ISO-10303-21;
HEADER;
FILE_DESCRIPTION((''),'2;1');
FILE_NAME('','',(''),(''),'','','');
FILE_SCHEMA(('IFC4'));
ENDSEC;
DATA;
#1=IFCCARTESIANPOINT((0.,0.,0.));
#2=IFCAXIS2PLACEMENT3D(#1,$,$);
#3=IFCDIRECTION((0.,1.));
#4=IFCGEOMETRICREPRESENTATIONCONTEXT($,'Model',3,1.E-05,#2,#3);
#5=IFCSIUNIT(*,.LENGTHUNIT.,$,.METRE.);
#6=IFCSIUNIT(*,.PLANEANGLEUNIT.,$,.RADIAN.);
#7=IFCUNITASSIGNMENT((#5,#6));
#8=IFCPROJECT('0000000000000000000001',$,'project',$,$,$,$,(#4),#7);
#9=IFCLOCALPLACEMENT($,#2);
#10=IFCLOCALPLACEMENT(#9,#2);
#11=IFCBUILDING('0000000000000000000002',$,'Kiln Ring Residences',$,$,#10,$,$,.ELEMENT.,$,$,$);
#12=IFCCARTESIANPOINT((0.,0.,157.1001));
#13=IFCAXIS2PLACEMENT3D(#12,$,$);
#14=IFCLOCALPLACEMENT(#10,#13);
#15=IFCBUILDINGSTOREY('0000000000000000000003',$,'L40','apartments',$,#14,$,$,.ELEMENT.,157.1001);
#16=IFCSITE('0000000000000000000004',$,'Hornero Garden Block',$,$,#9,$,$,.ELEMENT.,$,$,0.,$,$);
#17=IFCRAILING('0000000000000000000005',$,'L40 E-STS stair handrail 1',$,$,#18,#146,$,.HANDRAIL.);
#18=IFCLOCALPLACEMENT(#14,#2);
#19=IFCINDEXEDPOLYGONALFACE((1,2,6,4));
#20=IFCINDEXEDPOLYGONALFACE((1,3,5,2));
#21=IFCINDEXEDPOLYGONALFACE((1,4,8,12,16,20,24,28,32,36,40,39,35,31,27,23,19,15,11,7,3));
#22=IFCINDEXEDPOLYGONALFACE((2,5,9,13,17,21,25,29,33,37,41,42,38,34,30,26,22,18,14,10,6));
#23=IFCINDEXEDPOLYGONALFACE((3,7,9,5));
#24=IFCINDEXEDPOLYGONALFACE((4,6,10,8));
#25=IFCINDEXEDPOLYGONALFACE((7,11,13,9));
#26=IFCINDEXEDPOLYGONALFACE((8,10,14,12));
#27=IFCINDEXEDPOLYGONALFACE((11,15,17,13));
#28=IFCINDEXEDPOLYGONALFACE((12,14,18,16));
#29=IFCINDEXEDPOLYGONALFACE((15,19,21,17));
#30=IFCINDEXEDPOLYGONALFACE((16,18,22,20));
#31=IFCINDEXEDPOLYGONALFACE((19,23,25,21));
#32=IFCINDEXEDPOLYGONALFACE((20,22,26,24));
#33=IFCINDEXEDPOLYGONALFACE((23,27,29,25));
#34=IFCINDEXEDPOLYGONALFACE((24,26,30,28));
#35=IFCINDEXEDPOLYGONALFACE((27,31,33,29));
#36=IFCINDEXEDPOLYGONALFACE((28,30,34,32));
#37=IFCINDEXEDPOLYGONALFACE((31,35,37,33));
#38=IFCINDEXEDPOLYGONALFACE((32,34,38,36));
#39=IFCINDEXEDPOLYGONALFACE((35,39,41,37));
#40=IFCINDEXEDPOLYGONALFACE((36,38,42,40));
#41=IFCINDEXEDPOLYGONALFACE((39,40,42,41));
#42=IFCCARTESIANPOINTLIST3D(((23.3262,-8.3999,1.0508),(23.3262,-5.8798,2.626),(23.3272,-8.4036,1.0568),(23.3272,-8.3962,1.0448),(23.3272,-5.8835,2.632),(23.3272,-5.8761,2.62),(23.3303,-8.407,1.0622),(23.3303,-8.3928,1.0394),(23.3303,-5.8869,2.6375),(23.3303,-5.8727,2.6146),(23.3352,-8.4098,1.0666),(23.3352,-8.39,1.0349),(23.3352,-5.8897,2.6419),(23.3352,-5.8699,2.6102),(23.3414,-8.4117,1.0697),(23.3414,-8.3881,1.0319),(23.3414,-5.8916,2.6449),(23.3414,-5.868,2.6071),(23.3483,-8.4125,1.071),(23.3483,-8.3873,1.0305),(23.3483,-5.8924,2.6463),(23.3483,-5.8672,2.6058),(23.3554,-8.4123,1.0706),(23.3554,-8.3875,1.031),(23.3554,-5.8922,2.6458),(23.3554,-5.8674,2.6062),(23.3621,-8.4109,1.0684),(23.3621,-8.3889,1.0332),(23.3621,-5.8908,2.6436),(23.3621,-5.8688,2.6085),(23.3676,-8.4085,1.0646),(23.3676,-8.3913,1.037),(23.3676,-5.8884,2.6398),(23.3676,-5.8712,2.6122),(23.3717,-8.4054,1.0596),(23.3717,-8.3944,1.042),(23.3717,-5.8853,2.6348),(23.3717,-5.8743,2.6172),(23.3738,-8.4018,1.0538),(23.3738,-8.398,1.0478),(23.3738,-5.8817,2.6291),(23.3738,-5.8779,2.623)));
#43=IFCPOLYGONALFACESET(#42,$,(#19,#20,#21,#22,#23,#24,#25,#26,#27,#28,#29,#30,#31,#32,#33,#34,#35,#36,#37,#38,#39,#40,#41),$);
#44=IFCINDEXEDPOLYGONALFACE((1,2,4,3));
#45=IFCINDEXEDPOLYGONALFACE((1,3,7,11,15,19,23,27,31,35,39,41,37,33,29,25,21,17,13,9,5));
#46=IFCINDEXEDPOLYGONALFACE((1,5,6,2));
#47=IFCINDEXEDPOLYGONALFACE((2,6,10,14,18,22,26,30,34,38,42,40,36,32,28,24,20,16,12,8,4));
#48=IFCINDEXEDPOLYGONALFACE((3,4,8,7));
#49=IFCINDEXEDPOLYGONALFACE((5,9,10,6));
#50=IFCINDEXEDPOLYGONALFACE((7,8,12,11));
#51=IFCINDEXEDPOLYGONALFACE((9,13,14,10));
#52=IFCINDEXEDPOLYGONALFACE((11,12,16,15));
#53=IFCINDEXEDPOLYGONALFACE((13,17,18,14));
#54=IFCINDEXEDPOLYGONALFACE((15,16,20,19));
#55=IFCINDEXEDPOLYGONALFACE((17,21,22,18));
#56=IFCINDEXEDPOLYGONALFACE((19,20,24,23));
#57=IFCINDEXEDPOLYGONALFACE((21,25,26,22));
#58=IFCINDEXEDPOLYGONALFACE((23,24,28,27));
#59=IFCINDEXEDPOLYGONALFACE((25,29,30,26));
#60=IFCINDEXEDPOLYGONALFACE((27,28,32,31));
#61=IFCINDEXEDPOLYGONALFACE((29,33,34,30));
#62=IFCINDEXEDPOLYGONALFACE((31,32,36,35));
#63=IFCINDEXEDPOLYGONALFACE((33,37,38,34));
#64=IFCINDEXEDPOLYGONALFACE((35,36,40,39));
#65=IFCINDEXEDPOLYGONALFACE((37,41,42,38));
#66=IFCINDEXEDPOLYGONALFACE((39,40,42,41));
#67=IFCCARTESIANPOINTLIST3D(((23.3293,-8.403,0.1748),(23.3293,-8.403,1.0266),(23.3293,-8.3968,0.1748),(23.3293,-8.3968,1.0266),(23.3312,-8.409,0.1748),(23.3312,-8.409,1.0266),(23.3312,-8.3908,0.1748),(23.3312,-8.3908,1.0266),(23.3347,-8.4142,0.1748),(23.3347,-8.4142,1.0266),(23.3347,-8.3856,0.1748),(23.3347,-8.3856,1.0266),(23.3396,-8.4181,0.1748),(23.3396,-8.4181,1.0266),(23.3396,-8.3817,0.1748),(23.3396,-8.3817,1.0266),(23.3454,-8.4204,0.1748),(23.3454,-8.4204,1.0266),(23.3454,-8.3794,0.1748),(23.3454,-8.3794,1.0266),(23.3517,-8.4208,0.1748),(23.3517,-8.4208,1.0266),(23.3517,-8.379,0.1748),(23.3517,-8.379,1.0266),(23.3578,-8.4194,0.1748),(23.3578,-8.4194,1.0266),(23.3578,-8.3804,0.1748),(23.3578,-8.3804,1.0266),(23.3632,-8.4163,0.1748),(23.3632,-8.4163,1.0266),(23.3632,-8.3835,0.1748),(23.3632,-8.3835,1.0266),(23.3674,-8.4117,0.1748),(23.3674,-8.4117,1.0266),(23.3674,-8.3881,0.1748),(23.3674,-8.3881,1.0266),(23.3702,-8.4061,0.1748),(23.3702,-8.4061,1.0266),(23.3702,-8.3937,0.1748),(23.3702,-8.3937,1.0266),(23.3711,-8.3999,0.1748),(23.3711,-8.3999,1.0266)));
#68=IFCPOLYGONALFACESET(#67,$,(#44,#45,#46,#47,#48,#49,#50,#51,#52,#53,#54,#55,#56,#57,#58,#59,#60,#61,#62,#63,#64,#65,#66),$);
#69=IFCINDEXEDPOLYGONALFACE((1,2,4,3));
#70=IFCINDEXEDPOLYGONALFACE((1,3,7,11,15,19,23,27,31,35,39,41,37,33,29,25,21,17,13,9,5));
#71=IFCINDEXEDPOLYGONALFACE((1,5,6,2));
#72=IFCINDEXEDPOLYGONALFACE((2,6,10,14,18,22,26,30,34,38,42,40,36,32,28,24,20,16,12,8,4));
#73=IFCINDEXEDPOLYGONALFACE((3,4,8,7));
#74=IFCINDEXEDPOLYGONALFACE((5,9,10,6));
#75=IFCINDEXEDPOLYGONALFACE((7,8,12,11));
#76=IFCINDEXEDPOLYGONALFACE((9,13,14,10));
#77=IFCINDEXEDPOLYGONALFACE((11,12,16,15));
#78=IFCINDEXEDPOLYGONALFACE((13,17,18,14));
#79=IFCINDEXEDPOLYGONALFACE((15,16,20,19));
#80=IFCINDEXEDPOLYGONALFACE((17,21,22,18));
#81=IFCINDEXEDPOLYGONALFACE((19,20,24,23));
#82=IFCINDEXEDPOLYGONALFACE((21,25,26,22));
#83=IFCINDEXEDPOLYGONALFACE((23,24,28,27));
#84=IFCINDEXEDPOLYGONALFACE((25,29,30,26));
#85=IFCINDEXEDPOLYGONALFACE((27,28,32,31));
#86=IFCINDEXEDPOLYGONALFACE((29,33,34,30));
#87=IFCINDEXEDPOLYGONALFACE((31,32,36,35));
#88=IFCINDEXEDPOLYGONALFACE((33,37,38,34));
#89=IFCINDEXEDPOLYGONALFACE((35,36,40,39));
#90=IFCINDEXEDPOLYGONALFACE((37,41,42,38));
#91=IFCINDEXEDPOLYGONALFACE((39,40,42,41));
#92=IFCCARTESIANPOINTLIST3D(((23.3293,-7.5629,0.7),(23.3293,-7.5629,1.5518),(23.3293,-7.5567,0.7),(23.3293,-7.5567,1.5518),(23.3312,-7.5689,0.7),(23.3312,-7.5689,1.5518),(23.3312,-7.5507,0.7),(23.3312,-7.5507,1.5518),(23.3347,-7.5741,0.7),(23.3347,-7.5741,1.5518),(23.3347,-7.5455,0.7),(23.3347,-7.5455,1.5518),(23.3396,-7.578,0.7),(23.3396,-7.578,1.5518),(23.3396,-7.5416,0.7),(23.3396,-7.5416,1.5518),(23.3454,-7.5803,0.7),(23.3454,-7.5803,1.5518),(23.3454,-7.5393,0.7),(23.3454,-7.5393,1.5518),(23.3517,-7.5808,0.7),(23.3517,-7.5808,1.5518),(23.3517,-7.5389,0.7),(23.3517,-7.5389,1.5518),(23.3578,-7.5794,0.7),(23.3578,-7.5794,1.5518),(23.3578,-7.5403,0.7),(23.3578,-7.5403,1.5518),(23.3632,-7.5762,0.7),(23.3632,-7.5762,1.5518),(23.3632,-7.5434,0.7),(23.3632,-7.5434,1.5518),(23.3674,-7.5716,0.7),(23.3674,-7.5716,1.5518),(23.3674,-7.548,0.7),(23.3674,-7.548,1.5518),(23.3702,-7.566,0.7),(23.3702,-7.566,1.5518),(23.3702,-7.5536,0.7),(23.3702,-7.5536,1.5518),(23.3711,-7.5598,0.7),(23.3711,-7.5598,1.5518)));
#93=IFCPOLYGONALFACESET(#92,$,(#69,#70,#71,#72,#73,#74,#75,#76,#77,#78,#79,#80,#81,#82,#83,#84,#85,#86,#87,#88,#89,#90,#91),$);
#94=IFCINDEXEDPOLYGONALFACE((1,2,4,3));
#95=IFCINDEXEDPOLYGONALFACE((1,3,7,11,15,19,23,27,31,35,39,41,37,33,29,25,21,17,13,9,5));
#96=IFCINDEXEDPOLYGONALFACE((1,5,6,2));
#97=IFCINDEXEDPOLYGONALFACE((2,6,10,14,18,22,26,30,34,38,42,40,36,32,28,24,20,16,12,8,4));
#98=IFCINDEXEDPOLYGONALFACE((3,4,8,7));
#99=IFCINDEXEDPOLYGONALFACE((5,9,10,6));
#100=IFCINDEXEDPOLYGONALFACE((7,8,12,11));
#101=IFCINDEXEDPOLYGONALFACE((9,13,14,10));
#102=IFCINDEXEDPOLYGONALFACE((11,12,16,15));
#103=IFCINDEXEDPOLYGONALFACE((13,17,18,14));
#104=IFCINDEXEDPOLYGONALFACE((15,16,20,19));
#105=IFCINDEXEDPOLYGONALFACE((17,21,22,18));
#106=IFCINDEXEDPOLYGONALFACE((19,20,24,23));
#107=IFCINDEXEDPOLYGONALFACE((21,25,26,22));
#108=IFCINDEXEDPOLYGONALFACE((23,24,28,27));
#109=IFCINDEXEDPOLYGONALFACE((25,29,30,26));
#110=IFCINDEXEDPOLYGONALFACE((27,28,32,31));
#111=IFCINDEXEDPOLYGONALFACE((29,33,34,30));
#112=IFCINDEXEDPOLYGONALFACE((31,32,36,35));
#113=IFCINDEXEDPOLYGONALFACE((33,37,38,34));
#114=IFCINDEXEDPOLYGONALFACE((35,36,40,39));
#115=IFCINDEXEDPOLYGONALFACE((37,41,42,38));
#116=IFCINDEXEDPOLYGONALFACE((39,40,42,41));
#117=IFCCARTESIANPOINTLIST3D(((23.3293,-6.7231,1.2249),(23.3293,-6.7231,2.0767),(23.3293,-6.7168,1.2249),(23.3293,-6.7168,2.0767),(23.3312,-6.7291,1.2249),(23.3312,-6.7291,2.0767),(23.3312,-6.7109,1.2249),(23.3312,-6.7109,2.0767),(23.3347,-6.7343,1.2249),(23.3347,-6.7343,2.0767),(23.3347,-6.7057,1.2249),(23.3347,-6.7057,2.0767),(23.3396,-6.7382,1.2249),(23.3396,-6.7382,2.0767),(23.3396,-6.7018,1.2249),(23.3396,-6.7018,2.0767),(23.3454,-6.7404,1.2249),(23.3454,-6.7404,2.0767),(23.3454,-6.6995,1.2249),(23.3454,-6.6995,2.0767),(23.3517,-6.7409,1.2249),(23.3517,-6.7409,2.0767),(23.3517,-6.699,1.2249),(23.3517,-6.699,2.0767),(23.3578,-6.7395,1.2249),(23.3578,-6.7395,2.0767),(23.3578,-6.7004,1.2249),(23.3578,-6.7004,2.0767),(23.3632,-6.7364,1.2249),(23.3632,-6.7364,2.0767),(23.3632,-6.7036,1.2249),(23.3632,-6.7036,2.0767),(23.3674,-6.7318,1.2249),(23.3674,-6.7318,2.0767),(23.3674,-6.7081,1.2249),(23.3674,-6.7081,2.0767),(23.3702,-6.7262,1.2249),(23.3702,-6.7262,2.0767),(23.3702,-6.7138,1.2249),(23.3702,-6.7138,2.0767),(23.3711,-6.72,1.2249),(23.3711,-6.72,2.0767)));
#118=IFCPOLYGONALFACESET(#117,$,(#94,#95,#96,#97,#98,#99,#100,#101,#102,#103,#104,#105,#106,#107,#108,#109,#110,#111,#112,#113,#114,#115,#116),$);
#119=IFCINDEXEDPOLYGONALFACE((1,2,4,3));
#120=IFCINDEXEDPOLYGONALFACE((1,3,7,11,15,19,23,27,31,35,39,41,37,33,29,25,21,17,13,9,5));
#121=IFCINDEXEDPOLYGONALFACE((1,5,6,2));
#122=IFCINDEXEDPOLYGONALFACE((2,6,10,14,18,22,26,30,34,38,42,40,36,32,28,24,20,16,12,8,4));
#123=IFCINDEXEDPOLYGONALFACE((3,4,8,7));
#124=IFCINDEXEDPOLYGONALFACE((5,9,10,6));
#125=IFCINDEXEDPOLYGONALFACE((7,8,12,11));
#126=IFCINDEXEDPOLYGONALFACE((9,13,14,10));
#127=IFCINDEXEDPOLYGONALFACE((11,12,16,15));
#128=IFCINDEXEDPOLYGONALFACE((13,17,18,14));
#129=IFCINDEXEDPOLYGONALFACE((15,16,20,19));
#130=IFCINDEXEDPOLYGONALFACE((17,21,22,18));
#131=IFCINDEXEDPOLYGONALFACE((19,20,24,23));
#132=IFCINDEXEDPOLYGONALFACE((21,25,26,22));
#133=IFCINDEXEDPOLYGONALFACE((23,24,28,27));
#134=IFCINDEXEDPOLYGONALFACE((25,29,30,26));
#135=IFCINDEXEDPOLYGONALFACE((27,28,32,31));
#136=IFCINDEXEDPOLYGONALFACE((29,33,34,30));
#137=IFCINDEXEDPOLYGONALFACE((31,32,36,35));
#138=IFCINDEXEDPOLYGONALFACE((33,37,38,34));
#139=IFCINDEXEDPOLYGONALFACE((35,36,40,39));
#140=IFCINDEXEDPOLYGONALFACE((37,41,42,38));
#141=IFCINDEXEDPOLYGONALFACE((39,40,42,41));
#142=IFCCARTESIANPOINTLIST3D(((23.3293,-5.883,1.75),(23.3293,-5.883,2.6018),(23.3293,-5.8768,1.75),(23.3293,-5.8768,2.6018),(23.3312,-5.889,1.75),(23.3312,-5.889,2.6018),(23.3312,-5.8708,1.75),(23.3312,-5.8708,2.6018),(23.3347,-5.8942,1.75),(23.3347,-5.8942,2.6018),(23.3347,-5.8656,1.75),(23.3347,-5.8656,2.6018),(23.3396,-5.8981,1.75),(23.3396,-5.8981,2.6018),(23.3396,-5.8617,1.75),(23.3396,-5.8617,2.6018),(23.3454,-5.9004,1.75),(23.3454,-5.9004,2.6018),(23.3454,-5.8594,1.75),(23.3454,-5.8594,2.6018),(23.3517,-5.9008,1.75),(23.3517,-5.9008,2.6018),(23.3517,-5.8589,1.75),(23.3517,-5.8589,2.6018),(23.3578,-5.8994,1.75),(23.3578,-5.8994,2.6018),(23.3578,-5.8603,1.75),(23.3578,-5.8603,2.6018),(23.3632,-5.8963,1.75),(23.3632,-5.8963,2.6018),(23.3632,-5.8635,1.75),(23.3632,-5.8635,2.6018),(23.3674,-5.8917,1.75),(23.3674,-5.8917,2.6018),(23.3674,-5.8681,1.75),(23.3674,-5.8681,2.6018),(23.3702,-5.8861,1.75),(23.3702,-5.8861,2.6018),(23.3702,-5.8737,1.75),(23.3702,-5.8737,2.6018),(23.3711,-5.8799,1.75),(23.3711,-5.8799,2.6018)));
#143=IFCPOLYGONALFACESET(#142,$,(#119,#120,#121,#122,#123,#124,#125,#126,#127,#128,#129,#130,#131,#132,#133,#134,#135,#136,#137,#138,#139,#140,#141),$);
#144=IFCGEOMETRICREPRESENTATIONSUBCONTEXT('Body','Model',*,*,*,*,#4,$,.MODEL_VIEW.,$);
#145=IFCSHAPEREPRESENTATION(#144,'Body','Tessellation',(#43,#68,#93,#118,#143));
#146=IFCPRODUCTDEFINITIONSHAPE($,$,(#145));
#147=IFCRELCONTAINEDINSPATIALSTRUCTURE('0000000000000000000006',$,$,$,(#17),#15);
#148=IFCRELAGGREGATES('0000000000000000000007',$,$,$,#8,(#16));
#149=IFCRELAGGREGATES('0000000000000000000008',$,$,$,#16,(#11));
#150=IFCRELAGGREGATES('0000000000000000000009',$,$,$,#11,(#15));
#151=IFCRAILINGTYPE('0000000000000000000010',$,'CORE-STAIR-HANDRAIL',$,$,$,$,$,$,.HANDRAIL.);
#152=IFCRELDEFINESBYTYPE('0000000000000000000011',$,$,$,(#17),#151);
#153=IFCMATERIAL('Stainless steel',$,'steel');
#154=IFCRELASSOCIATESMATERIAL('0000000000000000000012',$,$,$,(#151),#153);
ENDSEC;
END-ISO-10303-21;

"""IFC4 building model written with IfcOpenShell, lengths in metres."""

from ifc_helpers import new_model, si_unit, direction, frame, origin, origin_2d, place, context, subcontext, project, spatial, circle, extrude, material, type_object, element, save


model = new_model("IFC4")

# Units and contexts
model_context = context("Model", 3, precision=1e-05, world=origin(), true_north=direction((0.0, 1.0)))
body_context = subcontext(model_context, "Body", "Model", "MODEL_VIEW")
ifc_project = project(units=[si_unit("LENGTHUNIT", "METRE"), si_unit("PLANEANGLEUNIT", "RADIAN")], contexts=[model_context])

# Site, building, storey
site_placement = place(None, origin())
site = spatial("IfcSite", under=ifc_project, at=site_placement, Name="Hornero Garden Block", CompositionType="ELEMENT", RefElevation=0.0)
building_placement = place(site_placement, origin())
building = spatial("IfcBuilding", under=site, at=building_placement, Name="Kiln Ring Residences", CompositionType="ELEMENT")
storey_placement = place(building_placement, frame((0.0, 0.0, 157.1001)))
storey = spatial("IfcBuildingStorey", under=building, at=storey_placement, Name="L40", Description="apartments", CompositionType="ELEMENT", Elevation=157.1001)

# Railing
ifc_material_1 = material(Name="Stainless steel", Category="steel")
railing_type_1 = type_object("IfcRailingType", Name="CORE-STAIR-HANDRAIL", PredefinedType="HANDRAIL", material=ifc_material_1)
railing_1_placement = place(storey_placement, frame((23.3501, -8.3999, 0.1748)))
element("IfcRailing", 1, at=railing_1_placement, inside=storey, type_object=railing_type_1, Name="L40 E-STS stair handrail 1", PredefinedType="HANDRAIL", context=body_context, shape_type="SweptSolid", body=[
    extrude(circle(Radius=0.0239, at=origin_2d()), frame((0.0, 0.0, 0.876), z_axis=(0.0, 0.847971, 0.530043), x_axis=(-1.0, 0.0, 0.0)), (0.0, 0.0, 1.0), 2.9719),
    extrude(circle(Radius=0.021, at=origin_2d()), origin(), (0.0, 0.0, 1.0), 0.8518),
    extrude(circle(Radius=0.021, at=origin_2d()), frame((0.0, 0.8401, 0.5251)), (0.0, 0.0, 1.0), 0.8518),
    extrude(circle(Radius=0.021, at=origin_2d()), frame((0.0, 1.6799, 1.05)), (0.0, 0.0, 1.0), 0.8518),
    extrude(circle(Radius=0.021, at=origin_2d()), frame((0.0, 2.52, 1.5752)), (0.0, 0.0, 1.0), 0.8518),
])

save(model, "model.ifc")
